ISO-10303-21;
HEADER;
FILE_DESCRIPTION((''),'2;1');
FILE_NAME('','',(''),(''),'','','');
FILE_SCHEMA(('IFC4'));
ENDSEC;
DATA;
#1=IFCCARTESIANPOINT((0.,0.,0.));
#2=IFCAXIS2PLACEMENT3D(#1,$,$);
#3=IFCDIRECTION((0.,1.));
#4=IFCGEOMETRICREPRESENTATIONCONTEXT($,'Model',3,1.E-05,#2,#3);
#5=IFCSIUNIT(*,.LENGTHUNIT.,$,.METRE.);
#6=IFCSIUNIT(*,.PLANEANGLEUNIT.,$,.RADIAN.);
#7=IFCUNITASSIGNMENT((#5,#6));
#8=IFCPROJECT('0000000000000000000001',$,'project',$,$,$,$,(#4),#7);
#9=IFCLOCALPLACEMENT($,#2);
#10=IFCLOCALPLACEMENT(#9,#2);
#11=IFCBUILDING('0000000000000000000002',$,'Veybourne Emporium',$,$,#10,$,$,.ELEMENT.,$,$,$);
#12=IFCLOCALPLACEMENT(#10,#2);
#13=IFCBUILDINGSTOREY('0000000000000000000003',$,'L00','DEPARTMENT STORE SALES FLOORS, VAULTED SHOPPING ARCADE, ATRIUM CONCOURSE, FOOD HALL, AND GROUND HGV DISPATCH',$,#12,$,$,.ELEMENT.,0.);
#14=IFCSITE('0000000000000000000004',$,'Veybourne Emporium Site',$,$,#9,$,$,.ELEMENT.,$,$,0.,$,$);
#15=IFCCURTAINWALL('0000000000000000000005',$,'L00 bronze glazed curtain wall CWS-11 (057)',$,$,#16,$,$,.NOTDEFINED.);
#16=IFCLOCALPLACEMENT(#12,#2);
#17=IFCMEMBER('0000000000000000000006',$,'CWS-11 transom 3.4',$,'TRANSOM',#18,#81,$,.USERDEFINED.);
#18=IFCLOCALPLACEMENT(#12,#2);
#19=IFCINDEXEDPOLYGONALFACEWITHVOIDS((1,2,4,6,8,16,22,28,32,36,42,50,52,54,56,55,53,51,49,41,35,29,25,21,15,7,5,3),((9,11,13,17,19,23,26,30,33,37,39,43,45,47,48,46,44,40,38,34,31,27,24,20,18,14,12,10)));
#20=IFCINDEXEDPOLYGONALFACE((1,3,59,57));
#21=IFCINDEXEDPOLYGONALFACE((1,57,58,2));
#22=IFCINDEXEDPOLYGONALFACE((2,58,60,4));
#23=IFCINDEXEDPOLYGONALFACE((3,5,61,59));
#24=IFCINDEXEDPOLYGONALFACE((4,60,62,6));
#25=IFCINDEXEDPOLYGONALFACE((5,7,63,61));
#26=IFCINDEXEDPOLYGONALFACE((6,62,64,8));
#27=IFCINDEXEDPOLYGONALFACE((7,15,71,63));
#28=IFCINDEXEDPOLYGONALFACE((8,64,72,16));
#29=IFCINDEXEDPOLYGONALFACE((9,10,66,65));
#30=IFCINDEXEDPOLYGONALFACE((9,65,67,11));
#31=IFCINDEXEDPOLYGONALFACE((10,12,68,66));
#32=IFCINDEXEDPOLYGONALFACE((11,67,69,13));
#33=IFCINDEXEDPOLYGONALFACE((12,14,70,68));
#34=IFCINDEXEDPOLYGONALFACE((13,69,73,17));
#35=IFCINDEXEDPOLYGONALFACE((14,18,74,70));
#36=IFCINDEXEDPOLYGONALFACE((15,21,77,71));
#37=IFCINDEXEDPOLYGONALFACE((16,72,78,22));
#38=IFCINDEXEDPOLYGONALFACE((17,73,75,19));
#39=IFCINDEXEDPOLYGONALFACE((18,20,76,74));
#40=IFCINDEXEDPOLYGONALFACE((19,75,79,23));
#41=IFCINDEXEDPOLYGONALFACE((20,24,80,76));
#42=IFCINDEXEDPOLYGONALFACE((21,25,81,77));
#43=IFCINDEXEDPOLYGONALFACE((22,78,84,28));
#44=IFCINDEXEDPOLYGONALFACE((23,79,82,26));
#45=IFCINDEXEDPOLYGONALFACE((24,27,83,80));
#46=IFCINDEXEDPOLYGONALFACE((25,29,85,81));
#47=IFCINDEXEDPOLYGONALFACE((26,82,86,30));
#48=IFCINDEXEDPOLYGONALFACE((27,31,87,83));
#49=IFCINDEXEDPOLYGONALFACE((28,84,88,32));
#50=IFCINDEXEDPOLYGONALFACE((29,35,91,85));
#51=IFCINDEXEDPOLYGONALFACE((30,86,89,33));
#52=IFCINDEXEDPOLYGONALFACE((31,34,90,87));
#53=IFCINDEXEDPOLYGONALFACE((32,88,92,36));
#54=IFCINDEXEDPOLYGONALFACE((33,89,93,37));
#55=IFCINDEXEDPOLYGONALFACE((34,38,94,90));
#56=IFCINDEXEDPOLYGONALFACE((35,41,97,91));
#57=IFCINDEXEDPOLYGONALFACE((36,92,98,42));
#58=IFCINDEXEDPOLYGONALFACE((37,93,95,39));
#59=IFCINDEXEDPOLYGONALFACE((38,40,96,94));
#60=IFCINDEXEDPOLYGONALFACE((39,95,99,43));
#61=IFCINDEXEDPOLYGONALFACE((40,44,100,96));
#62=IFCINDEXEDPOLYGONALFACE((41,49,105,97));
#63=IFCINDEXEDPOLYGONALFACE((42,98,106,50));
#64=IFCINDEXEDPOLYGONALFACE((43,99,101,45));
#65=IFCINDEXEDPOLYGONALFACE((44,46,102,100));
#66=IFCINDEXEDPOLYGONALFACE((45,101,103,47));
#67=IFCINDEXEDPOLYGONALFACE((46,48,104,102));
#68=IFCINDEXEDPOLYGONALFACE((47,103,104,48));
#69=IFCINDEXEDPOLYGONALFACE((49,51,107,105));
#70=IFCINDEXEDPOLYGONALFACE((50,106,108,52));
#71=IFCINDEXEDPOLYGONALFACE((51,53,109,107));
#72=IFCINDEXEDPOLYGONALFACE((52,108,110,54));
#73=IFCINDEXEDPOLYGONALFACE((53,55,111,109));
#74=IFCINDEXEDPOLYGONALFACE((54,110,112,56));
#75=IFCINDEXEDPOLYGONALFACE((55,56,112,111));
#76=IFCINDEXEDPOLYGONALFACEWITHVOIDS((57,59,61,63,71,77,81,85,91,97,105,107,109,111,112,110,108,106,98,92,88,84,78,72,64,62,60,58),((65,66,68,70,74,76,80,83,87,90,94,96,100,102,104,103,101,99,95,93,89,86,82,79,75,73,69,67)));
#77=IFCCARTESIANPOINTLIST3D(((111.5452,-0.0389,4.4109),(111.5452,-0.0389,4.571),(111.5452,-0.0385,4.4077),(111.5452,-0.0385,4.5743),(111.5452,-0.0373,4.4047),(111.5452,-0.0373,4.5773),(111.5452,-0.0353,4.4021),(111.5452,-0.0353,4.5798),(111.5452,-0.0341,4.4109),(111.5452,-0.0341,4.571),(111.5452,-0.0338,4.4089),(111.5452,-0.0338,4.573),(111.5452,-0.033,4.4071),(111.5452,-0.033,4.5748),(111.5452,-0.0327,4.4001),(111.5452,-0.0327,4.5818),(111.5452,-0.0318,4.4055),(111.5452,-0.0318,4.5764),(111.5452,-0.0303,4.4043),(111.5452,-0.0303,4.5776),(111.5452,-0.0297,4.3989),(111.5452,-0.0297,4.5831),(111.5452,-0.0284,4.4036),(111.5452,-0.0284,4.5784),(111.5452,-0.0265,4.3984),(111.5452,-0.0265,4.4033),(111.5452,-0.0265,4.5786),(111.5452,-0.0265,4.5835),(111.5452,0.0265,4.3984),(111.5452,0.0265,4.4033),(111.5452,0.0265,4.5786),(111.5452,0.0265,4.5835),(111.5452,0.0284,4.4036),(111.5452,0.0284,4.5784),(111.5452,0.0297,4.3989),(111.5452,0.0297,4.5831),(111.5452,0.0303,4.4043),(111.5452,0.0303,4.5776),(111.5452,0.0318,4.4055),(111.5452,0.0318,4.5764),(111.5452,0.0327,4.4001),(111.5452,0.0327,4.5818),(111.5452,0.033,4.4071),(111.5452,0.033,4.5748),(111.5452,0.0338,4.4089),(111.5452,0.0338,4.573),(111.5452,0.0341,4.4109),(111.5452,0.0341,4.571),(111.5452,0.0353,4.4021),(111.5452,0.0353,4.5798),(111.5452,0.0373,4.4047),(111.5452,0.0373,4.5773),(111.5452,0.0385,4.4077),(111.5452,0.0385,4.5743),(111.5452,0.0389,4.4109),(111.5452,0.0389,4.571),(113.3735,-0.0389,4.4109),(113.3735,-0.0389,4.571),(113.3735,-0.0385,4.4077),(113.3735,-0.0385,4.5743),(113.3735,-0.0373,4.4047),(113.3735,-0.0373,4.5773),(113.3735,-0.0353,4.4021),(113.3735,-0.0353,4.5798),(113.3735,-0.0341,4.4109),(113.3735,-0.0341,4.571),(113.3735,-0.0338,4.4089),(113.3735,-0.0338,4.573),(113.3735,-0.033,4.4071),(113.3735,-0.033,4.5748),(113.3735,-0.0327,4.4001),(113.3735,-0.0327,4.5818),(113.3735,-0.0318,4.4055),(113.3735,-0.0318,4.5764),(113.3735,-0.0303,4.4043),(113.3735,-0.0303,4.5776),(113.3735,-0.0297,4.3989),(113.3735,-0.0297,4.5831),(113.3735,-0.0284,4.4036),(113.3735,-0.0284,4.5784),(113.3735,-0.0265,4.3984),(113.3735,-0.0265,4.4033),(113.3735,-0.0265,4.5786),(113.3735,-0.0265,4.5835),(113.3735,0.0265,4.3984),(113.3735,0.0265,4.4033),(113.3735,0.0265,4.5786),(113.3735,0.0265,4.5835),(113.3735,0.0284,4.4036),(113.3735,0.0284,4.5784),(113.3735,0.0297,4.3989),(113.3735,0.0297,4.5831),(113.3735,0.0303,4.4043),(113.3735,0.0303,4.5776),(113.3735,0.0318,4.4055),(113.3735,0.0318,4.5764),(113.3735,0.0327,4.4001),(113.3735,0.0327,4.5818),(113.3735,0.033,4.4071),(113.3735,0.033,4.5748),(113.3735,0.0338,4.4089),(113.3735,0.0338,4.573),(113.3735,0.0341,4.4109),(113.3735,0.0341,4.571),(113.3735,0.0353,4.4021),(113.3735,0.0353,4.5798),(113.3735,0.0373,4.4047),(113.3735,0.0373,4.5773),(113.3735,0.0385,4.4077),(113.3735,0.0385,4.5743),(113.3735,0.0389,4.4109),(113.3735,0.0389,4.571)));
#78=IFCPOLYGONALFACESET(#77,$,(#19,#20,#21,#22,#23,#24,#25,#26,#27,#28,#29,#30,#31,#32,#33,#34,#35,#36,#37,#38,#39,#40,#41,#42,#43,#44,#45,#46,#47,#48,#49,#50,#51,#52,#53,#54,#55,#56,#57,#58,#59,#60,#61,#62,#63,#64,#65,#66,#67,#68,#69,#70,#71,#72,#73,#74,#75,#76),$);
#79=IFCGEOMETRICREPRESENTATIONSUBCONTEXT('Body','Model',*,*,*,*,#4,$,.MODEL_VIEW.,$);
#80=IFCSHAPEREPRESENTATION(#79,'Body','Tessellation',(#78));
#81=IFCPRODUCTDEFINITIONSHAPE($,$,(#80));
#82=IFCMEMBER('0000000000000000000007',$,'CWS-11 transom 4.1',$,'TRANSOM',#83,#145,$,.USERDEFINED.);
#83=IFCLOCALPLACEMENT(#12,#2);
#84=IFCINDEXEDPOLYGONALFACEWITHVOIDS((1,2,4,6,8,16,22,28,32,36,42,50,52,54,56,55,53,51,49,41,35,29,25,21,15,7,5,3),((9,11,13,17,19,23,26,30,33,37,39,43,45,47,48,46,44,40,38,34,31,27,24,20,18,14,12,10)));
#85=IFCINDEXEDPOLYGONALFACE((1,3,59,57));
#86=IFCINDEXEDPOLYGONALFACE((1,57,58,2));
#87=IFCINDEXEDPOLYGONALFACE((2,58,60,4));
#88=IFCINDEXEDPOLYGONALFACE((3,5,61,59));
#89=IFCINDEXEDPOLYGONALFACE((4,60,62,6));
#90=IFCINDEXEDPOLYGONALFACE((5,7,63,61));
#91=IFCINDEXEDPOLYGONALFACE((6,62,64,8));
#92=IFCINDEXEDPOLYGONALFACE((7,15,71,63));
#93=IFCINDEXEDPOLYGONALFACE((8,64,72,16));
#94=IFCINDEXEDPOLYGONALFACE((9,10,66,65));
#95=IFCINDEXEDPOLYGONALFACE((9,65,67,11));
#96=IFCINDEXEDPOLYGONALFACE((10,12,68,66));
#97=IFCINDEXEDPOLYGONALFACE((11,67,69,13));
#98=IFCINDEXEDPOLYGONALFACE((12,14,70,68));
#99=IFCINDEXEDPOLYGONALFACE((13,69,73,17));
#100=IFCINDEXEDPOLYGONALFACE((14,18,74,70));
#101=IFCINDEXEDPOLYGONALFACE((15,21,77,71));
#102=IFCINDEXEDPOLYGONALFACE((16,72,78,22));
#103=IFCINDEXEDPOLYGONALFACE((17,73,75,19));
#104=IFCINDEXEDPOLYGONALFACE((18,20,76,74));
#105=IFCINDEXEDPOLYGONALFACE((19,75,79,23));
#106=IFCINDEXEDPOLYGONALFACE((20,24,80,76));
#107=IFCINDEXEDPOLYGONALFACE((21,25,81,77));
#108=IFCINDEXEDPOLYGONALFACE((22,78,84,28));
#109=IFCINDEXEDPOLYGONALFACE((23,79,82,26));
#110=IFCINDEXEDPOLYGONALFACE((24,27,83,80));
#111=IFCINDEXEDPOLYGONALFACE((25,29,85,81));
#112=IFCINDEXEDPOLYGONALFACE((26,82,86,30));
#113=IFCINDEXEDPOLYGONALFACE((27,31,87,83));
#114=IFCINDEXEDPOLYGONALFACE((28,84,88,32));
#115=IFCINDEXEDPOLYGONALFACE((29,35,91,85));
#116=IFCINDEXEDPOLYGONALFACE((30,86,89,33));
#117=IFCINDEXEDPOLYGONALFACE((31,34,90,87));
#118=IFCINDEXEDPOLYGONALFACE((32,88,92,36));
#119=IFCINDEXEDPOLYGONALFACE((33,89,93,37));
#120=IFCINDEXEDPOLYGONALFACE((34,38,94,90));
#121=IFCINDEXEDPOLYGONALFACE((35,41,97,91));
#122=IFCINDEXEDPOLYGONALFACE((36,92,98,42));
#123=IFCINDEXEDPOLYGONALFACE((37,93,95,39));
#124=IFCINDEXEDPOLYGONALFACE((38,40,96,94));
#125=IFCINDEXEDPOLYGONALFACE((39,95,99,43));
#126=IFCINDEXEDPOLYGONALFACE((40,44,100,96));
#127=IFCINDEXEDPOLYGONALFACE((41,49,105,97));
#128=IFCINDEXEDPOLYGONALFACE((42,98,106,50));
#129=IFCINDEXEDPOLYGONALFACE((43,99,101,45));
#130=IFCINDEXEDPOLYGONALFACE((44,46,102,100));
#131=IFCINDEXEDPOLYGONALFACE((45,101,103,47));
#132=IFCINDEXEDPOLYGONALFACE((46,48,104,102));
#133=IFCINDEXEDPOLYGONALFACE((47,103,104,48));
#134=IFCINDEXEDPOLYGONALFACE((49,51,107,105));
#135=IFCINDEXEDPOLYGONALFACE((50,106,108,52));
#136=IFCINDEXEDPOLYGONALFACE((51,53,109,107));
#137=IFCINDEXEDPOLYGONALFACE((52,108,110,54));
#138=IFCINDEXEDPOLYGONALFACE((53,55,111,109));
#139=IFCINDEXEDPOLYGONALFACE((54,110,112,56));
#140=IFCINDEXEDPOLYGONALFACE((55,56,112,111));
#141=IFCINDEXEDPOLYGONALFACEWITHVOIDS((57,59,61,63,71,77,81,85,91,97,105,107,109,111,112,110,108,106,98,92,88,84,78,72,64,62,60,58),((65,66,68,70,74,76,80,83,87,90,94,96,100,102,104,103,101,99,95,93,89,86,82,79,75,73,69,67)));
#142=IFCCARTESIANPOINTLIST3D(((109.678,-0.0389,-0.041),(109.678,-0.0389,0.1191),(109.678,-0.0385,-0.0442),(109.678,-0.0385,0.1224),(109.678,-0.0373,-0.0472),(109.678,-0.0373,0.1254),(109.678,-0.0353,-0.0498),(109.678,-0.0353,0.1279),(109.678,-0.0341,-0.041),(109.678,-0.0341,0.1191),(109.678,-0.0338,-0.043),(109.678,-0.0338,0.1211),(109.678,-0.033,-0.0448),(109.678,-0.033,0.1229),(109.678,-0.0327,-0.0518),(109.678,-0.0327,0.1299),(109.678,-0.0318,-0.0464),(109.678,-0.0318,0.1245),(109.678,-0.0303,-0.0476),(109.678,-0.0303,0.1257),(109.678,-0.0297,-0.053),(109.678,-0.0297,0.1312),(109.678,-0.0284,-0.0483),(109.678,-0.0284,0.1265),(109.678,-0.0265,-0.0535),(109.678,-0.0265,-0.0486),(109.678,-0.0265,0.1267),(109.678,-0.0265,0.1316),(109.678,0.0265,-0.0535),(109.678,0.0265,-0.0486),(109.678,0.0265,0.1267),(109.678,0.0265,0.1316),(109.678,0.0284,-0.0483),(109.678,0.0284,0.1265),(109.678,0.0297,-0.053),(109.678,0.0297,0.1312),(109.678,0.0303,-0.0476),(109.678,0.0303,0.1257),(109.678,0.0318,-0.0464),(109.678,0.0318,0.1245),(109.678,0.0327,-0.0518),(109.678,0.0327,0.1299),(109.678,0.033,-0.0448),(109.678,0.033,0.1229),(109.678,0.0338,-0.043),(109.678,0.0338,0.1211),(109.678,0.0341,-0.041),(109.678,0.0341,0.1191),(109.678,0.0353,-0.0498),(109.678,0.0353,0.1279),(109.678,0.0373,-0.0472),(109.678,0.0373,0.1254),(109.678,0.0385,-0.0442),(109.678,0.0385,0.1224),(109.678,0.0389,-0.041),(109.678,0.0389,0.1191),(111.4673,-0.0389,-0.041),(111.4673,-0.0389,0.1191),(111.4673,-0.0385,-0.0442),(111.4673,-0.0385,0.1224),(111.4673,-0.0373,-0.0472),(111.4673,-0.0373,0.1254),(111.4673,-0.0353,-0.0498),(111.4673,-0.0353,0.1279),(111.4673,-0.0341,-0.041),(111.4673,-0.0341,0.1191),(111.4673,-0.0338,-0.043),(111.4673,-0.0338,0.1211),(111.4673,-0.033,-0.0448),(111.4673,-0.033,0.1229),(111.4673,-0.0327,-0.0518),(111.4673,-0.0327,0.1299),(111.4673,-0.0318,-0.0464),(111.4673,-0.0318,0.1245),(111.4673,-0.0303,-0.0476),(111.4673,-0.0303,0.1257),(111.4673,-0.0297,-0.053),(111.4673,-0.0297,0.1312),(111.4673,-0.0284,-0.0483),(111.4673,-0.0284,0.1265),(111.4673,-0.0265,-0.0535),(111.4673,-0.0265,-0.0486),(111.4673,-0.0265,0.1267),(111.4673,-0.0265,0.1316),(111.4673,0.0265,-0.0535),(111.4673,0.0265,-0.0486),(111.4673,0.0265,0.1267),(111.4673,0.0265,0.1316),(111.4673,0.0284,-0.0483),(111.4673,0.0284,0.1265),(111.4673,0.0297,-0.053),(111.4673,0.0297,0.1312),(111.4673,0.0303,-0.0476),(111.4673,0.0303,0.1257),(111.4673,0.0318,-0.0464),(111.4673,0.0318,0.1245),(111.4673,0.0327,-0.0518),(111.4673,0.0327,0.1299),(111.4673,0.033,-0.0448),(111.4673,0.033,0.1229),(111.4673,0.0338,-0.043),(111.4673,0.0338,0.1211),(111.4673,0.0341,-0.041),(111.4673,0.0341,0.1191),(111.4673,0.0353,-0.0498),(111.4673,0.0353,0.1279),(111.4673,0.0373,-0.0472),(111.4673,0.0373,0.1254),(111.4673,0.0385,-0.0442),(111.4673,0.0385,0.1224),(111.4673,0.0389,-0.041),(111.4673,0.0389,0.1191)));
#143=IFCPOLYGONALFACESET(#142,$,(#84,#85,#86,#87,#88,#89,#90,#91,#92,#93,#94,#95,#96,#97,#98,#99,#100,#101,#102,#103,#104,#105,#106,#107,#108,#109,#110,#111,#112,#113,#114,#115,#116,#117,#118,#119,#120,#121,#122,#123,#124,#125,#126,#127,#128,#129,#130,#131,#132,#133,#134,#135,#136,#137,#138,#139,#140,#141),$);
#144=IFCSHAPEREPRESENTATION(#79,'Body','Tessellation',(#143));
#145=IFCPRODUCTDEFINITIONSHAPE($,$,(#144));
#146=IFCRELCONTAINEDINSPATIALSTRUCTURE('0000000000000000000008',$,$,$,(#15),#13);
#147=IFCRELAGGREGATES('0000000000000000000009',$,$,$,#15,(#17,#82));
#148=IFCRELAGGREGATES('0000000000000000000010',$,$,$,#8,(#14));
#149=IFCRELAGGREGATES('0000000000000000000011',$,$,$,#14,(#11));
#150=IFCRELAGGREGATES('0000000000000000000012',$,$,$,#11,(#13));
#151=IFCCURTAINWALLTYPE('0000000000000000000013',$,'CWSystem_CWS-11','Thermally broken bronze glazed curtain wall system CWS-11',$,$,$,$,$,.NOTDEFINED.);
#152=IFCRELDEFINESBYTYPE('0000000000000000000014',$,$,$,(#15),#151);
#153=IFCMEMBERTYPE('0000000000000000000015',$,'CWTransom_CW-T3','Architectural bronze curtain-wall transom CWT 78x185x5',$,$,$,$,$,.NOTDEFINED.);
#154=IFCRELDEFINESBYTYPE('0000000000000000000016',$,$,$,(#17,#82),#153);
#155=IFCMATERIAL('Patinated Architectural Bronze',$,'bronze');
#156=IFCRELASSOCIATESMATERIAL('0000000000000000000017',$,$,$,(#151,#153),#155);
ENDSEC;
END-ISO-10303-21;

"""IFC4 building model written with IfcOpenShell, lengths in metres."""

from ifc_helpers import new_model, si_unit, direction, frame, origin, origin_2d, place, context, subcontext, project, spatial, hollow_rectangle, extrude, material, material_profile, profile_set, type_object, element, aggregate, save


model = new_model("IFC4")

# Units and contexts
model_context = context("Model", 3, precision=1e-05, world=origin(), true_north=direction((0.0, 1.0)))
body_context = subcontext(model_context, "Body", "Model", "MODEL_VIEW")
ifc_project = project(units=[si_unit("LENGTHUNIT", "METRE"), si_unit("PLANEANGLEUNIT", "RADIAN")], contexts=[model_context])

# Site, building, storey
site_placement = place(None, origin())
site = spatial("IfcSite", under=ifc_project, at=site_placement, Name="Veybourne Emporium Site", CompositionType="ELEMENT", RefElevation=0.0)
building_placement = place(site_placement, origin())
building = spatial("IfcBuilding", under=site, at=building_placement, Name="Veybourne Emporium", CompositionType="ELEMENT")
storey_placement = place(building_placement, origin())
storey = spatial("IfcBuildingStorey", under=building, at=storey_placement, Name="L00", Description="DEPARTMENT STORE SALES FLOORS, VAULTED SHOPPING ARCADE, ATRIUM CONCOURSE, FOOD HALL, AND GROUND HGV DISPATCH", CompositionType="ELEMENT", Elevation=0.0)

# Curtain wall, members
ifc_material_1 = material(Name="Patinated Architectural Bronze", Category="bronze")
curtain_wall_type = type_object("IfcCurtainWallType", Name="CWSystem_CWS-11", Description="Thermally broken bronze glazed curtain wall system CWS-11", PredefinedType="NOTDEFINED", material=ifc_material_1)
curtain_wall_placement = place(storey_placement, origin())
curtain_wall = element("IfcCurtainWall", 1, at=curtain_wall_placement, inside=storey, type_object=curtain_wall_type, Name="L00 bronze glazed curtain wall CWS-11 (057)", PredefinedType="NOTDEFINED")
ifc_material_profile_1 = material_profile(ifc_material_1, hollow_rectangle(XDim=0.0779, YDim=0.1851, WallThickness=0.0049, InnerFilletRadius=0.0076, OuterFilletRadius=0.0125, at=origin_2d()), Name="CWT 78x185x5")
ifc_profile_set_1 = profile_set([ifc_material_profile_1], Name="Patinated Architectural Bronze")
member_type_1 = type_object("IfcMemberType", Name="CWTransom_CW-T3", Description="Architectural bronze curtain-wall transom CWT 78x185x5", PredefinedType="NOTDEFINED", material=ifc_profile_set_1)
member_1_placement = place(storey_placement, frame((113.3735, 0.0, 4.491), z_axis=(-1.0, 0.0, 0.0), x_axis=(0.0, -1.0, 0.0)))
member_1 = element("IfcMember", 2, at=member_1_placement, type_object=member_type_1, Name="CWS-11 transom 3.4", ObjectType="TRANSOM", PredefinedType="USERDEFINED", context=body_context, shape_type="SweptSolid", body=[
    extrude(hollow_rectangle(XDim=0.0779, YDim=0.1851, WallThickness=0.0049, InnerFilletRadius=0.0076, OuterFilletRadius=0.0125, at=origin_2d()), origin(), (0.0, 0.0, 1.0), 1.8284),
])
member_2_placement = place(storey_placement, frame((111.4673, 0.0, 0.0391), z_axis=(-1.0, 0.0, 0.0), x_axis=(0.0, -1.0, 0.0)))
member_2 = element("IfcMember", 3, at=member_2_placement, type_object=member_type_1, Name="CWS-11 transom 4.1", ObjectType="TRANSOM", PredefinedType="USERDEFINED", context=body_context, shape_type="SweptSolid", body=[
    extrude(hollow_rectangle(XDim=0.0779, YDim=0.1851, WallThickness=0.0049, InnerFilletRadius=0.0076, OuterFilletRadius=0.0125, at=origin_2d()), origin(), (0.0, 0.0, 1.0), 1.7893),
])

aggregate(curtain_wall, [member_1, member_2])

save(model, "model.ifc")
